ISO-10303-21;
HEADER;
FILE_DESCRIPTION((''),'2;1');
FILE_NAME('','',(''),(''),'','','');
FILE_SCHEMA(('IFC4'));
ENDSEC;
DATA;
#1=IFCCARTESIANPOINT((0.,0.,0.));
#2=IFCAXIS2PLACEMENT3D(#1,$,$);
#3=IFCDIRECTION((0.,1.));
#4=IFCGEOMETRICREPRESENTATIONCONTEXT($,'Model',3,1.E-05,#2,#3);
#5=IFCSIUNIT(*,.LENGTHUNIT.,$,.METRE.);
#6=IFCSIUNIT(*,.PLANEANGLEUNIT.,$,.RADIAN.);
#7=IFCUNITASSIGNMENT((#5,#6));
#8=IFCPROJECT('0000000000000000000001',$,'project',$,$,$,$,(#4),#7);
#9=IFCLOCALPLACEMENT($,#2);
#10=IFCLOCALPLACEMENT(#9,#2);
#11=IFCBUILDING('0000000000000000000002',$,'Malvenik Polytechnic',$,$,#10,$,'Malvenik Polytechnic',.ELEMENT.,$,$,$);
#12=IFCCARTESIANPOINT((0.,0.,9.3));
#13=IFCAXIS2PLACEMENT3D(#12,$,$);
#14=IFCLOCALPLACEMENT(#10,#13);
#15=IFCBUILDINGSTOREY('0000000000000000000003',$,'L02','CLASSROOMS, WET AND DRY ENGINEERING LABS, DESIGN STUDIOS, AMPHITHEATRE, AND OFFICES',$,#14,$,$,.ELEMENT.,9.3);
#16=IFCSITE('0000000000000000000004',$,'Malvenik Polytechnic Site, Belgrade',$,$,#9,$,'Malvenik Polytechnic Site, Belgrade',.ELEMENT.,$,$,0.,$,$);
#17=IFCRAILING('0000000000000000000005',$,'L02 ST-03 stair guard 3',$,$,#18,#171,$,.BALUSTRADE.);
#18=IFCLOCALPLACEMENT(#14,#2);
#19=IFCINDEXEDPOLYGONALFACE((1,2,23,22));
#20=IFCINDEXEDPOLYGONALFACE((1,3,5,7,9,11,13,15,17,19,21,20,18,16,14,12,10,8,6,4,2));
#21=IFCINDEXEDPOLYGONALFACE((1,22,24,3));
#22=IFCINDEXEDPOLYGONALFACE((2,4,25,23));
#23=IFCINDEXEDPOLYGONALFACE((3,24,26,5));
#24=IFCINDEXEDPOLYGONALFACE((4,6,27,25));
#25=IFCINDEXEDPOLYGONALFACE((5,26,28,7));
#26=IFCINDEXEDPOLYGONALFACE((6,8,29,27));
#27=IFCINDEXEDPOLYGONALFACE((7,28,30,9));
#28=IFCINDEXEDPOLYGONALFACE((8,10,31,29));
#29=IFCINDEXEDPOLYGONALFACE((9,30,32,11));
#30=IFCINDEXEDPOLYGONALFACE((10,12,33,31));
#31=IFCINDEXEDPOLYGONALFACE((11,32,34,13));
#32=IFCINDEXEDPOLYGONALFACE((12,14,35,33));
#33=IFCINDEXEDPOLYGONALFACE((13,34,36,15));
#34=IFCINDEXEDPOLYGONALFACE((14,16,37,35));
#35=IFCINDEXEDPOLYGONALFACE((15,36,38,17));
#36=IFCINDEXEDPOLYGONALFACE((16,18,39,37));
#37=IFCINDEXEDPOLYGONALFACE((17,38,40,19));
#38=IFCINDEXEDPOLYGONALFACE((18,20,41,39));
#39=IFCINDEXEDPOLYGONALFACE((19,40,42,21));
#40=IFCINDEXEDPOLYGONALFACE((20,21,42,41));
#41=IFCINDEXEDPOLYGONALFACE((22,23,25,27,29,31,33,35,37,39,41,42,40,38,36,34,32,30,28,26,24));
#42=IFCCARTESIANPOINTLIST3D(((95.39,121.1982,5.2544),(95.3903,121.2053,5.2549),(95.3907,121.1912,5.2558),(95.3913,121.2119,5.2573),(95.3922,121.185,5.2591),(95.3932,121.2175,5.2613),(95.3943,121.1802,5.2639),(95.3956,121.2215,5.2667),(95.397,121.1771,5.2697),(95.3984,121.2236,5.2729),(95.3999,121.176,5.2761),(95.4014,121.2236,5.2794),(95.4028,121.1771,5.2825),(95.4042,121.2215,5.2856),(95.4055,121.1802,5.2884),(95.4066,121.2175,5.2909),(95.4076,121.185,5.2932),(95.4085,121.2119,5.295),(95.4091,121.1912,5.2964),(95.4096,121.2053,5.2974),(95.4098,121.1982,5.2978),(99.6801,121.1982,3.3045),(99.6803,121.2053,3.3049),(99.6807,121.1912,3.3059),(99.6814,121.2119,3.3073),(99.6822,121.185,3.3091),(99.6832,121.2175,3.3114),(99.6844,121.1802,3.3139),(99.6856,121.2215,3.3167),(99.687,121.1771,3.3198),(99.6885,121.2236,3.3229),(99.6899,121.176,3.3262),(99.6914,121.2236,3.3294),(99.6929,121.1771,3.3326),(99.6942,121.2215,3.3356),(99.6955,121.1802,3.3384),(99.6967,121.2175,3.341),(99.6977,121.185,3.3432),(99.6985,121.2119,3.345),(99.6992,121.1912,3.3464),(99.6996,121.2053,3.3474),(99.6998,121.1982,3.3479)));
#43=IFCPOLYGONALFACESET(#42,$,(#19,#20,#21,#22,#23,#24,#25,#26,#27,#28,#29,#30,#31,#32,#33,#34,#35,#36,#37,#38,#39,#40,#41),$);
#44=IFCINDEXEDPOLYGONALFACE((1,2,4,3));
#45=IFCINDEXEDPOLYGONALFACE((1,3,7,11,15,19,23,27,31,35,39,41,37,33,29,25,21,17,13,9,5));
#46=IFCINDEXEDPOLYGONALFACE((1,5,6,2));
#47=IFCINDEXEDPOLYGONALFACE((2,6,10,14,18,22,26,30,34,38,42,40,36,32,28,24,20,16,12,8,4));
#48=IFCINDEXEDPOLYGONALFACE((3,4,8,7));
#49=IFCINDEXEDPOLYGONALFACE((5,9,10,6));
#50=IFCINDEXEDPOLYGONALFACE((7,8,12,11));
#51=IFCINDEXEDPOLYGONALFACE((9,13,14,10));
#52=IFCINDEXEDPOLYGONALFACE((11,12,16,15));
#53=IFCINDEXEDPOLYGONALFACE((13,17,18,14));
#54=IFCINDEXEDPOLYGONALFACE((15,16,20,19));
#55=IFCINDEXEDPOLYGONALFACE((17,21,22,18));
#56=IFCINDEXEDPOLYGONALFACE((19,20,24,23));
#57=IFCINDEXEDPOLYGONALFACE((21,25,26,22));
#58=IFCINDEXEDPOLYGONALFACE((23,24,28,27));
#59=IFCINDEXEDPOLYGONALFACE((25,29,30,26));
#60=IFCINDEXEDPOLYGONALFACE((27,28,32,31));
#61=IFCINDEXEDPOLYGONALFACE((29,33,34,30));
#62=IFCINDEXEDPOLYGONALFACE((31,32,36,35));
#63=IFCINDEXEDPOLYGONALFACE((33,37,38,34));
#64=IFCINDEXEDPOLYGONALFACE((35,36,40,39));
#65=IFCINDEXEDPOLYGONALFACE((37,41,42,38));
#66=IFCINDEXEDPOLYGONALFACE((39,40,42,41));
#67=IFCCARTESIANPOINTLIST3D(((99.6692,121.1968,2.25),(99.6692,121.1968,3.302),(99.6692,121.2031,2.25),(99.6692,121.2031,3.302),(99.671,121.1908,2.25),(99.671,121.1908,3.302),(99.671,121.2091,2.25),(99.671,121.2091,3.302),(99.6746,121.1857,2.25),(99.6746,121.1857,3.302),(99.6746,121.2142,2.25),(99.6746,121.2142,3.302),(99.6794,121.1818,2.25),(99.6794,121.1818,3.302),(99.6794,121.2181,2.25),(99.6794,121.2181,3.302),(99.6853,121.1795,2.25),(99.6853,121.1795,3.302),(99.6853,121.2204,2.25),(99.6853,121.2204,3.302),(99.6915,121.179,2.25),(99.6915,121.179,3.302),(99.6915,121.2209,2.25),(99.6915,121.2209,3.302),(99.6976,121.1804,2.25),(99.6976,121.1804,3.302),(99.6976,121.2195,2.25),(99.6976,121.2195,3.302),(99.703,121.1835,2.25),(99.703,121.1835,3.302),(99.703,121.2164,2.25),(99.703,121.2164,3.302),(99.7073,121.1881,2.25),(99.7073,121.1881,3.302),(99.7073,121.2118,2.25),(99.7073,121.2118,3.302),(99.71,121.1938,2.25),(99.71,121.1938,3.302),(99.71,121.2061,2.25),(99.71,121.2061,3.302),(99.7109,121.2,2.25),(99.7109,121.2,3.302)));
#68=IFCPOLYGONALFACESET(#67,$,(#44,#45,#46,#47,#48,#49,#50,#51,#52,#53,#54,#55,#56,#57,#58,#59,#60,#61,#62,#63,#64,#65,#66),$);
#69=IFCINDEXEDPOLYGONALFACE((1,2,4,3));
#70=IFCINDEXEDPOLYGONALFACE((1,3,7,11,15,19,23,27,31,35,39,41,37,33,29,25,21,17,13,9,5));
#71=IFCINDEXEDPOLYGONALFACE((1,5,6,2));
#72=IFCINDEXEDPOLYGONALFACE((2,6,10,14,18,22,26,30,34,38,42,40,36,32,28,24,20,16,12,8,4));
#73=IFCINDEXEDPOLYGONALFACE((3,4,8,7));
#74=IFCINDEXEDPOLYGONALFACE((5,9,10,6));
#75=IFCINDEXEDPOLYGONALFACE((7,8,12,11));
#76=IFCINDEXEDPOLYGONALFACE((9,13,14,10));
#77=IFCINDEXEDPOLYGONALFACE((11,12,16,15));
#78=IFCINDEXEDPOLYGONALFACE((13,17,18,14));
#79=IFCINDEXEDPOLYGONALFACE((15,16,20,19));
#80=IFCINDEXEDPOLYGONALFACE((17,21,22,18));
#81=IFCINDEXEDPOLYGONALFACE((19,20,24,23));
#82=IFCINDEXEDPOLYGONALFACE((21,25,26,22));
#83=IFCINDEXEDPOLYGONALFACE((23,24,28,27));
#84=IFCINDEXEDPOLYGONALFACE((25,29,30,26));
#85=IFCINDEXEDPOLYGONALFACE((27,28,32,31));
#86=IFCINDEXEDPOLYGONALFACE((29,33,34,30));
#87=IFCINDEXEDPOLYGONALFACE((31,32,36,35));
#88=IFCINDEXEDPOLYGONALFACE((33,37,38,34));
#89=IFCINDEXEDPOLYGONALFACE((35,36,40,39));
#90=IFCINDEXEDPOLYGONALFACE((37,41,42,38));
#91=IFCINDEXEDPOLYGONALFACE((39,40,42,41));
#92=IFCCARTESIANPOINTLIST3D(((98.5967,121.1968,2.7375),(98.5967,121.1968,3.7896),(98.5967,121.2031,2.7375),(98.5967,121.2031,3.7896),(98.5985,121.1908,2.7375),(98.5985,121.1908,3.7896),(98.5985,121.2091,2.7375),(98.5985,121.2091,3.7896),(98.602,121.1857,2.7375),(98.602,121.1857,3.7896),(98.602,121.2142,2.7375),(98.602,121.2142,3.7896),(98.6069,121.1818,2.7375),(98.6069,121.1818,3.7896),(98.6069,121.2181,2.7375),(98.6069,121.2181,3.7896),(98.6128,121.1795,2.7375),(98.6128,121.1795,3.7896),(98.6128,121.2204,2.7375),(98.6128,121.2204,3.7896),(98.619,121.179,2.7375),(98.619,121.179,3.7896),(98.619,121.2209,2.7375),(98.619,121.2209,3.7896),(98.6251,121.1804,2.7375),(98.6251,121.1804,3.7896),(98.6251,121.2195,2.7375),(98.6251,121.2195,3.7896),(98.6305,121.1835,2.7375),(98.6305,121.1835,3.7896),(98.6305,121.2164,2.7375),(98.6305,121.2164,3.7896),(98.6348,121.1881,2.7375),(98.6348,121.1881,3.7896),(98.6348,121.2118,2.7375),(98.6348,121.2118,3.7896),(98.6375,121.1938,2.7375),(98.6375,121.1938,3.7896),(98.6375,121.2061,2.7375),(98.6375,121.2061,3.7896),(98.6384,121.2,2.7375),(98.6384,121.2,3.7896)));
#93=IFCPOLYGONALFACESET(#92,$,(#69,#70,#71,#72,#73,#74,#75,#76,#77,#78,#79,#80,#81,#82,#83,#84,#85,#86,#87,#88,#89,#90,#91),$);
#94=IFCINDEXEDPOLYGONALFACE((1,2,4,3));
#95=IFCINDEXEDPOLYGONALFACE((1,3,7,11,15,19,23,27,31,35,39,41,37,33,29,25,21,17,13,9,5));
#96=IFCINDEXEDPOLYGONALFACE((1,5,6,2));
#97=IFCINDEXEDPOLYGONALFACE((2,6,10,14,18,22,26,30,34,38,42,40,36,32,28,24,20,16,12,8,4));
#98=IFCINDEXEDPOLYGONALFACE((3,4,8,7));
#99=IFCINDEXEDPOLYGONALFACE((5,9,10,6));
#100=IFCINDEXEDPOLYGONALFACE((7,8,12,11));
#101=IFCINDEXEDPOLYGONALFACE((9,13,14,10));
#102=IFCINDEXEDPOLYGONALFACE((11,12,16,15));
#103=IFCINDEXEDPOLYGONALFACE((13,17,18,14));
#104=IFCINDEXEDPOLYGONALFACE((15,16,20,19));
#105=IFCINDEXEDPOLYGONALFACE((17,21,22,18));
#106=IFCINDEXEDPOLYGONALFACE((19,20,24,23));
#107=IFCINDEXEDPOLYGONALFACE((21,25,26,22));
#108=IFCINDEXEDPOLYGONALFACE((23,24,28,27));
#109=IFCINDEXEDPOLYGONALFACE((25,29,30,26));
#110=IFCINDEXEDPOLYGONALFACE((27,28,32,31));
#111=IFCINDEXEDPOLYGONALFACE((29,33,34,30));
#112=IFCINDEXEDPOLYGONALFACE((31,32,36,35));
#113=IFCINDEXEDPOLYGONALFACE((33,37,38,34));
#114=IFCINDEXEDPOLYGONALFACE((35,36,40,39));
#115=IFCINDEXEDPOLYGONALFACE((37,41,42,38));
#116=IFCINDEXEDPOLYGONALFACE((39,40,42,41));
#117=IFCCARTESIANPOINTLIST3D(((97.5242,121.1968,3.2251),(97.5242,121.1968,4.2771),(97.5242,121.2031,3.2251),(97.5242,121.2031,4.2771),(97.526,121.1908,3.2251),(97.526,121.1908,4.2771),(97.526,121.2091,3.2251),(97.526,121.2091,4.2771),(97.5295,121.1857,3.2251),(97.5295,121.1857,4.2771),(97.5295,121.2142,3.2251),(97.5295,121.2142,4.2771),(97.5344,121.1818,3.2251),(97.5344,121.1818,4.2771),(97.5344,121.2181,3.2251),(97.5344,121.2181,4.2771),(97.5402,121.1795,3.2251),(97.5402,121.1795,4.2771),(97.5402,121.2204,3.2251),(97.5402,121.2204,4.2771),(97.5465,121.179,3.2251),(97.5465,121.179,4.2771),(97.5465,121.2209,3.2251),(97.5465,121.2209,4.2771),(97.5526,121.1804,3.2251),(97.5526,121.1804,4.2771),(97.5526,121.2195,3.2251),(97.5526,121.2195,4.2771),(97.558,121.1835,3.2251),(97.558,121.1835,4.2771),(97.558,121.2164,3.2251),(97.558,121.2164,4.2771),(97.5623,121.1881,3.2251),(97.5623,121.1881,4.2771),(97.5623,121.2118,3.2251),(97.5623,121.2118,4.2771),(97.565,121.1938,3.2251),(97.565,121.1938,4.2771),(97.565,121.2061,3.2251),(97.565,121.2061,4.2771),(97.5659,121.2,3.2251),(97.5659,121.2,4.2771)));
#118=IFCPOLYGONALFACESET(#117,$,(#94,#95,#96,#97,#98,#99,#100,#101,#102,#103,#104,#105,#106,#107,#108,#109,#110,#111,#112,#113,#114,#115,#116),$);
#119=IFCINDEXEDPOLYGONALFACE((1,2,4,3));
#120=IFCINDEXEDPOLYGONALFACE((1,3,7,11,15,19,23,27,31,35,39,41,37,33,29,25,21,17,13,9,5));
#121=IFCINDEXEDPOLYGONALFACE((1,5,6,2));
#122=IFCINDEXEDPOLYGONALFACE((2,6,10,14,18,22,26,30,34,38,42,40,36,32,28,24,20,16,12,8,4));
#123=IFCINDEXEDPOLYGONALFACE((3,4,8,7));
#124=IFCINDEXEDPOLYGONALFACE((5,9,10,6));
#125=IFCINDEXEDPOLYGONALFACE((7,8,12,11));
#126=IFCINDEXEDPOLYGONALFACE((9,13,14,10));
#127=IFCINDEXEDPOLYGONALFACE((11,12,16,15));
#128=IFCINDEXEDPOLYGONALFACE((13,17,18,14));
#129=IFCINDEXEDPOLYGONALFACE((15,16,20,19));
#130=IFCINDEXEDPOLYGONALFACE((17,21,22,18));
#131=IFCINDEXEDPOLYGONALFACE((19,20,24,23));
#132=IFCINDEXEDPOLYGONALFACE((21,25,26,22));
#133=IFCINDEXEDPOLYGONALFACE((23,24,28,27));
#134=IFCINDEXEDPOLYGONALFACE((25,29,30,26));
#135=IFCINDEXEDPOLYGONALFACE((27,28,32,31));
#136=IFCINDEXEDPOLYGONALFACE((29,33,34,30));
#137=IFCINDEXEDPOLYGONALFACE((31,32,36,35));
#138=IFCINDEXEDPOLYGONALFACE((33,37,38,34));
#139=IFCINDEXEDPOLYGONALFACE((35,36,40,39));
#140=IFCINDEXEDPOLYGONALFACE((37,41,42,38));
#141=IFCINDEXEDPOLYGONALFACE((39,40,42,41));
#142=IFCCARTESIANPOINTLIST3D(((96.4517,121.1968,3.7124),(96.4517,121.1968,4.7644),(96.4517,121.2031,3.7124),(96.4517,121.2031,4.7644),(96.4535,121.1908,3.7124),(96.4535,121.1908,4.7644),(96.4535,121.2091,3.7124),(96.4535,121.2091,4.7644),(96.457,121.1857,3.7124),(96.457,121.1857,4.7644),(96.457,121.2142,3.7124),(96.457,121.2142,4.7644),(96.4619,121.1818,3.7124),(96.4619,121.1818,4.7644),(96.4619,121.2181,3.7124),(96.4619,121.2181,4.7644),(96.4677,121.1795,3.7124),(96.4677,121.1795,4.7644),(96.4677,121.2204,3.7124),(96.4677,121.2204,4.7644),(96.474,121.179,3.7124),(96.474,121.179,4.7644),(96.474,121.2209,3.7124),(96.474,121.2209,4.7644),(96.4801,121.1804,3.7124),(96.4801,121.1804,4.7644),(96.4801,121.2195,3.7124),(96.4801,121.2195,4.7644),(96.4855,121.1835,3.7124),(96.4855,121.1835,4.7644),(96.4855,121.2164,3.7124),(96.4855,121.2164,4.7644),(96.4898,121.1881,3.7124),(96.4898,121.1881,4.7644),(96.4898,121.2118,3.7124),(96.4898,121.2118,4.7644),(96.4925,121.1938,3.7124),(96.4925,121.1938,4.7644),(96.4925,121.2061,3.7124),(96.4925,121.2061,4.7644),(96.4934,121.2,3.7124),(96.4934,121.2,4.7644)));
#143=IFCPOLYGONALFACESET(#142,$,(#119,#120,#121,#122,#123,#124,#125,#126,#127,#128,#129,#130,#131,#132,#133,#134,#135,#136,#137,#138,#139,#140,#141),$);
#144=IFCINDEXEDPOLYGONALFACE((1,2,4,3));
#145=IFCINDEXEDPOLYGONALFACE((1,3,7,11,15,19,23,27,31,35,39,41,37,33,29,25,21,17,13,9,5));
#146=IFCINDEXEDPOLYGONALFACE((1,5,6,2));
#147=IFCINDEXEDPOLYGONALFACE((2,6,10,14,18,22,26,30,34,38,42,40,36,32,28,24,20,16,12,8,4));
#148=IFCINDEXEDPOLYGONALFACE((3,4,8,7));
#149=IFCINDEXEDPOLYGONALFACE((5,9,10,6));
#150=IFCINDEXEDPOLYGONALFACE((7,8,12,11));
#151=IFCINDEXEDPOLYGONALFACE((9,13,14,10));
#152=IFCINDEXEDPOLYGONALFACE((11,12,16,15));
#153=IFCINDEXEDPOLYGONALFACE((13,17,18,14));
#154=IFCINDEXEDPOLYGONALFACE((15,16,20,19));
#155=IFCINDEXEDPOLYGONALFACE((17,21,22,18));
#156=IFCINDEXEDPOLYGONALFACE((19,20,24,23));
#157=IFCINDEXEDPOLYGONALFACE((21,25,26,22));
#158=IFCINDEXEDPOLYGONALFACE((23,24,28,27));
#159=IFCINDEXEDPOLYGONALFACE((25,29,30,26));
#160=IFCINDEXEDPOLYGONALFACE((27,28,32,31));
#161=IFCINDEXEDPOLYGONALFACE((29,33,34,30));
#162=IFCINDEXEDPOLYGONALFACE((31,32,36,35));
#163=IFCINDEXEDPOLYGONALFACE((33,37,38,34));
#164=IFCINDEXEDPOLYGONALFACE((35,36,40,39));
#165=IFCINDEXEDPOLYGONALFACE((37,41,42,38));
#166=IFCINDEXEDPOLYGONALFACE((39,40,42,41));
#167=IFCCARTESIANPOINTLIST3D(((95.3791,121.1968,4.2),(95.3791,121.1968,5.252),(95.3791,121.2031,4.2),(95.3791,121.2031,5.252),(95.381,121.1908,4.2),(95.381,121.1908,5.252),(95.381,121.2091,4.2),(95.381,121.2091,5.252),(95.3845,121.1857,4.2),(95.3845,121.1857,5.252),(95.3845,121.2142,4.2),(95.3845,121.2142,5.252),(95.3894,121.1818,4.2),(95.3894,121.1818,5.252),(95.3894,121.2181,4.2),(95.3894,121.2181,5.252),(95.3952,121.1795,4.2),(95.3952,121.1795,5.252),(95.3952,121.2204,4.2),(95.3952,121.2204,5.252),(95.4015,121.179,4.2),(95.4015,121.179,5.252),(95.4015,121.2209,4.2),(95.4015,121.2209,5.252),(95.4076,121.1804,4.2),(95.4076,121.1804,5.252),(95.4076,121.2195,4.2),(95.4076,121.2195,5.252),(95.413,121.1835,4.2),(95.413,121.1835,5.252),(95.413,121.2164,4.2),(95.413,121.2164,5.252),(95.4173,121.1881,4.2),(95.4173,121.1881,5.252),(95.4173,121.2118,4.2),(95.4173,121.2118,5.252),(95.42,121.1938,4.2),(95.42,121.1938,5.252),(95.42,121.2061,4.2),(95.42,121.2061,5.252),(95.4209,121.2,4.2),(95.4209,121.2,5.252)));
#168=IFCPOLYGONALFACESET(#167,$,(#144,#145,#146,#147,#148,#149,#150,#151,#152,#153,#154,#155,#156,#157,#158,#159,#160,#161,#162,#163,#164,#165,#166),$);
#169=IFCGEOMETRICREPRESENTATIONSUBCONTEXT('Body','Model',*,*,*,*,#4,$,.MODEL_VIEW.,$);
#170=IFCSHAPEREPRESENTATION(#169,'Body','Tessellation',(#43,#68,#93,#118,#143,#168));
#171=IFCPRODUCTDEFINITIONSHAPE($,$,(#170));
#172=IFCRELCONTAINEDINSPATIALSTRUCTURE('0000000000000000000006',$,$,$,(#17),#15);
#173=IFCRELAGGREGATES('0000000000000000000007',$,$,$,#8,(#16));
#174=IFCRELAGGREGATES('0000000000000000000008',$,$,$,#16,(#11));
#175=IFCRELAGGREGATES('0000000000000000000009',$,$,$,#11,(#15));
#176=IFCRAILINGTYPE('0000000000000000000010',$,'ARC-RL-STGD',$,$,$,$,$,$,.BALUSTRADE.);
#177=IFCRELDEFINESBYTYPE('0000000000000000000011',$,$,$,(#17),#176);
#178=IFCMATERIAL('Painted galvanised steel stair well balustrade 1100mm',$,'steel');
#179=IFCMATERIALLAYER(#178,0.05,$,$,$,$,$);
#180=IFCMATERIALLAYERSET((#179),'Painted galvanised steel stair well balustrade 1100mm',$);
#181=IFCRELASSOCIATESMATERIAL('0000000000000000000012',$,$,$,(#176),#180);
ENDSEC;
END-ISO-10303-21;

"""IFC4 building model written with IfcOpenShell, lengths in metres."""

from ifc_helpers import new_model, si_unit, direction, frame, origin, origin_2d, place, context, subcontext, project, spatial, circle, extrude, material, layer, layer_set, type_object, element, save


model = new_model("IFC4")

# Units and contexts
model_context = context("Model", 3, precision=1e-05, world=origin(), true_north=direction((0.0, 1.0)))
body_context = subcontext(model_context, "Body", "Model", "MODEL_VIEW")
ifc_project = project(units=[si_unit("LENGTHUNIT", "METRE"), si_unit("PLANEANGLEUNIT", "RADIAN")], contexts=[model_context])

# Site, building, storey
site_placement = place(None, origin())
site = spatial("IfcSite", under=ifc_project, at=site_placement, Name="Malvenik Polytechnic Site, Belgrade", LongName="Malvenik Polytechnic Site, Belgrade", CompositionType="ELEMENT", RefElevation=0.0)
building_placement = place(site_placement, origin())
building = spatial("IfcBuilding", under=site, at=building_placement, Name="Malvenik Polytechnic", LongName="Malvenik Polytechnic", CompositionType="ELEMENT")
storey_placement = place(building_placement, frame((0.0, 0.0, 9.3)))
storey = spatial("IfcBuildingStorey", under=building, at=storey_placement, Name="L02", Description="CLASSROOMS, WET AND DRY ENGINEERING LABS, DESIGN STUDIOS, AMPHITHEATRE, AND OFFICES", CompositionType="ELEMENT", Elevation=9.3)

# Railing
ifc_material_1 = material(Name="Painted galvanised steel stair well balustrade 1100mm", Category="steel")
ifc_layer_1 = layer(ifc_material_1, 0.05)
ifc_layer_set_1 = layer_set([ifc_layer_1], Name="Painted galvanised steel stair well balustrade 1100mm")
railing_type_1 = type_object("IfcRailingType", Name="ARC-RL-STGD", PredefinedType="BALUSTRADE", material=ifc_layer_set_1)
railing_1_placement = place(storey_placement, frame((99.6899, 121.2, 2.25)))
element("IfcRailing", 1, at=railing_1_placement, inside=storey, type_object=railing_type_1, Name="L02 ST-03 stair guard 3", PredefinedType="BALUSTRADE", context=body_context, shape_type="SweptSolid", body=[
    extrude(circle(Radius=0.0239, at=origin_2d()), frame((0.0, 0.0, 1.0762), z_axis=(-0.910372, 0.0, 0.413791), x_axis=(0.0, -1.0, 0.0)), (0.0, 0.0, 1.0), 4.7124),
    extrude(circle(Radius=0.021, at=origin_2d()), origin(), (0.0, 0.0, 1.0), 1.052),
    extrude(circle(Radius=0.021, at=origin_2d()), frame((-1.0725, 0.0, 0.4875)), (0.0, 0.0, 1.0), 1.052),
    extrude(circle(Radius=0.021, at=origin_2d()), frame((-2.145, 0.0, 0.9751)), (0.0, 0.0, 1.0), 1.052),
    extrude(circle(Radius=0.021, at=origin_2d()), frame((-3.2175, 0.0, 1.4624)), (0.0, 0.0, 1.0), 1.052),
    extrude(circle(Radius=0.021, at=origin_2d()), frame((-4.29, 0.0, 1.95)), (0.0, 0.0, 1.0), 1.052),
])

save(model, "model.ifc")
